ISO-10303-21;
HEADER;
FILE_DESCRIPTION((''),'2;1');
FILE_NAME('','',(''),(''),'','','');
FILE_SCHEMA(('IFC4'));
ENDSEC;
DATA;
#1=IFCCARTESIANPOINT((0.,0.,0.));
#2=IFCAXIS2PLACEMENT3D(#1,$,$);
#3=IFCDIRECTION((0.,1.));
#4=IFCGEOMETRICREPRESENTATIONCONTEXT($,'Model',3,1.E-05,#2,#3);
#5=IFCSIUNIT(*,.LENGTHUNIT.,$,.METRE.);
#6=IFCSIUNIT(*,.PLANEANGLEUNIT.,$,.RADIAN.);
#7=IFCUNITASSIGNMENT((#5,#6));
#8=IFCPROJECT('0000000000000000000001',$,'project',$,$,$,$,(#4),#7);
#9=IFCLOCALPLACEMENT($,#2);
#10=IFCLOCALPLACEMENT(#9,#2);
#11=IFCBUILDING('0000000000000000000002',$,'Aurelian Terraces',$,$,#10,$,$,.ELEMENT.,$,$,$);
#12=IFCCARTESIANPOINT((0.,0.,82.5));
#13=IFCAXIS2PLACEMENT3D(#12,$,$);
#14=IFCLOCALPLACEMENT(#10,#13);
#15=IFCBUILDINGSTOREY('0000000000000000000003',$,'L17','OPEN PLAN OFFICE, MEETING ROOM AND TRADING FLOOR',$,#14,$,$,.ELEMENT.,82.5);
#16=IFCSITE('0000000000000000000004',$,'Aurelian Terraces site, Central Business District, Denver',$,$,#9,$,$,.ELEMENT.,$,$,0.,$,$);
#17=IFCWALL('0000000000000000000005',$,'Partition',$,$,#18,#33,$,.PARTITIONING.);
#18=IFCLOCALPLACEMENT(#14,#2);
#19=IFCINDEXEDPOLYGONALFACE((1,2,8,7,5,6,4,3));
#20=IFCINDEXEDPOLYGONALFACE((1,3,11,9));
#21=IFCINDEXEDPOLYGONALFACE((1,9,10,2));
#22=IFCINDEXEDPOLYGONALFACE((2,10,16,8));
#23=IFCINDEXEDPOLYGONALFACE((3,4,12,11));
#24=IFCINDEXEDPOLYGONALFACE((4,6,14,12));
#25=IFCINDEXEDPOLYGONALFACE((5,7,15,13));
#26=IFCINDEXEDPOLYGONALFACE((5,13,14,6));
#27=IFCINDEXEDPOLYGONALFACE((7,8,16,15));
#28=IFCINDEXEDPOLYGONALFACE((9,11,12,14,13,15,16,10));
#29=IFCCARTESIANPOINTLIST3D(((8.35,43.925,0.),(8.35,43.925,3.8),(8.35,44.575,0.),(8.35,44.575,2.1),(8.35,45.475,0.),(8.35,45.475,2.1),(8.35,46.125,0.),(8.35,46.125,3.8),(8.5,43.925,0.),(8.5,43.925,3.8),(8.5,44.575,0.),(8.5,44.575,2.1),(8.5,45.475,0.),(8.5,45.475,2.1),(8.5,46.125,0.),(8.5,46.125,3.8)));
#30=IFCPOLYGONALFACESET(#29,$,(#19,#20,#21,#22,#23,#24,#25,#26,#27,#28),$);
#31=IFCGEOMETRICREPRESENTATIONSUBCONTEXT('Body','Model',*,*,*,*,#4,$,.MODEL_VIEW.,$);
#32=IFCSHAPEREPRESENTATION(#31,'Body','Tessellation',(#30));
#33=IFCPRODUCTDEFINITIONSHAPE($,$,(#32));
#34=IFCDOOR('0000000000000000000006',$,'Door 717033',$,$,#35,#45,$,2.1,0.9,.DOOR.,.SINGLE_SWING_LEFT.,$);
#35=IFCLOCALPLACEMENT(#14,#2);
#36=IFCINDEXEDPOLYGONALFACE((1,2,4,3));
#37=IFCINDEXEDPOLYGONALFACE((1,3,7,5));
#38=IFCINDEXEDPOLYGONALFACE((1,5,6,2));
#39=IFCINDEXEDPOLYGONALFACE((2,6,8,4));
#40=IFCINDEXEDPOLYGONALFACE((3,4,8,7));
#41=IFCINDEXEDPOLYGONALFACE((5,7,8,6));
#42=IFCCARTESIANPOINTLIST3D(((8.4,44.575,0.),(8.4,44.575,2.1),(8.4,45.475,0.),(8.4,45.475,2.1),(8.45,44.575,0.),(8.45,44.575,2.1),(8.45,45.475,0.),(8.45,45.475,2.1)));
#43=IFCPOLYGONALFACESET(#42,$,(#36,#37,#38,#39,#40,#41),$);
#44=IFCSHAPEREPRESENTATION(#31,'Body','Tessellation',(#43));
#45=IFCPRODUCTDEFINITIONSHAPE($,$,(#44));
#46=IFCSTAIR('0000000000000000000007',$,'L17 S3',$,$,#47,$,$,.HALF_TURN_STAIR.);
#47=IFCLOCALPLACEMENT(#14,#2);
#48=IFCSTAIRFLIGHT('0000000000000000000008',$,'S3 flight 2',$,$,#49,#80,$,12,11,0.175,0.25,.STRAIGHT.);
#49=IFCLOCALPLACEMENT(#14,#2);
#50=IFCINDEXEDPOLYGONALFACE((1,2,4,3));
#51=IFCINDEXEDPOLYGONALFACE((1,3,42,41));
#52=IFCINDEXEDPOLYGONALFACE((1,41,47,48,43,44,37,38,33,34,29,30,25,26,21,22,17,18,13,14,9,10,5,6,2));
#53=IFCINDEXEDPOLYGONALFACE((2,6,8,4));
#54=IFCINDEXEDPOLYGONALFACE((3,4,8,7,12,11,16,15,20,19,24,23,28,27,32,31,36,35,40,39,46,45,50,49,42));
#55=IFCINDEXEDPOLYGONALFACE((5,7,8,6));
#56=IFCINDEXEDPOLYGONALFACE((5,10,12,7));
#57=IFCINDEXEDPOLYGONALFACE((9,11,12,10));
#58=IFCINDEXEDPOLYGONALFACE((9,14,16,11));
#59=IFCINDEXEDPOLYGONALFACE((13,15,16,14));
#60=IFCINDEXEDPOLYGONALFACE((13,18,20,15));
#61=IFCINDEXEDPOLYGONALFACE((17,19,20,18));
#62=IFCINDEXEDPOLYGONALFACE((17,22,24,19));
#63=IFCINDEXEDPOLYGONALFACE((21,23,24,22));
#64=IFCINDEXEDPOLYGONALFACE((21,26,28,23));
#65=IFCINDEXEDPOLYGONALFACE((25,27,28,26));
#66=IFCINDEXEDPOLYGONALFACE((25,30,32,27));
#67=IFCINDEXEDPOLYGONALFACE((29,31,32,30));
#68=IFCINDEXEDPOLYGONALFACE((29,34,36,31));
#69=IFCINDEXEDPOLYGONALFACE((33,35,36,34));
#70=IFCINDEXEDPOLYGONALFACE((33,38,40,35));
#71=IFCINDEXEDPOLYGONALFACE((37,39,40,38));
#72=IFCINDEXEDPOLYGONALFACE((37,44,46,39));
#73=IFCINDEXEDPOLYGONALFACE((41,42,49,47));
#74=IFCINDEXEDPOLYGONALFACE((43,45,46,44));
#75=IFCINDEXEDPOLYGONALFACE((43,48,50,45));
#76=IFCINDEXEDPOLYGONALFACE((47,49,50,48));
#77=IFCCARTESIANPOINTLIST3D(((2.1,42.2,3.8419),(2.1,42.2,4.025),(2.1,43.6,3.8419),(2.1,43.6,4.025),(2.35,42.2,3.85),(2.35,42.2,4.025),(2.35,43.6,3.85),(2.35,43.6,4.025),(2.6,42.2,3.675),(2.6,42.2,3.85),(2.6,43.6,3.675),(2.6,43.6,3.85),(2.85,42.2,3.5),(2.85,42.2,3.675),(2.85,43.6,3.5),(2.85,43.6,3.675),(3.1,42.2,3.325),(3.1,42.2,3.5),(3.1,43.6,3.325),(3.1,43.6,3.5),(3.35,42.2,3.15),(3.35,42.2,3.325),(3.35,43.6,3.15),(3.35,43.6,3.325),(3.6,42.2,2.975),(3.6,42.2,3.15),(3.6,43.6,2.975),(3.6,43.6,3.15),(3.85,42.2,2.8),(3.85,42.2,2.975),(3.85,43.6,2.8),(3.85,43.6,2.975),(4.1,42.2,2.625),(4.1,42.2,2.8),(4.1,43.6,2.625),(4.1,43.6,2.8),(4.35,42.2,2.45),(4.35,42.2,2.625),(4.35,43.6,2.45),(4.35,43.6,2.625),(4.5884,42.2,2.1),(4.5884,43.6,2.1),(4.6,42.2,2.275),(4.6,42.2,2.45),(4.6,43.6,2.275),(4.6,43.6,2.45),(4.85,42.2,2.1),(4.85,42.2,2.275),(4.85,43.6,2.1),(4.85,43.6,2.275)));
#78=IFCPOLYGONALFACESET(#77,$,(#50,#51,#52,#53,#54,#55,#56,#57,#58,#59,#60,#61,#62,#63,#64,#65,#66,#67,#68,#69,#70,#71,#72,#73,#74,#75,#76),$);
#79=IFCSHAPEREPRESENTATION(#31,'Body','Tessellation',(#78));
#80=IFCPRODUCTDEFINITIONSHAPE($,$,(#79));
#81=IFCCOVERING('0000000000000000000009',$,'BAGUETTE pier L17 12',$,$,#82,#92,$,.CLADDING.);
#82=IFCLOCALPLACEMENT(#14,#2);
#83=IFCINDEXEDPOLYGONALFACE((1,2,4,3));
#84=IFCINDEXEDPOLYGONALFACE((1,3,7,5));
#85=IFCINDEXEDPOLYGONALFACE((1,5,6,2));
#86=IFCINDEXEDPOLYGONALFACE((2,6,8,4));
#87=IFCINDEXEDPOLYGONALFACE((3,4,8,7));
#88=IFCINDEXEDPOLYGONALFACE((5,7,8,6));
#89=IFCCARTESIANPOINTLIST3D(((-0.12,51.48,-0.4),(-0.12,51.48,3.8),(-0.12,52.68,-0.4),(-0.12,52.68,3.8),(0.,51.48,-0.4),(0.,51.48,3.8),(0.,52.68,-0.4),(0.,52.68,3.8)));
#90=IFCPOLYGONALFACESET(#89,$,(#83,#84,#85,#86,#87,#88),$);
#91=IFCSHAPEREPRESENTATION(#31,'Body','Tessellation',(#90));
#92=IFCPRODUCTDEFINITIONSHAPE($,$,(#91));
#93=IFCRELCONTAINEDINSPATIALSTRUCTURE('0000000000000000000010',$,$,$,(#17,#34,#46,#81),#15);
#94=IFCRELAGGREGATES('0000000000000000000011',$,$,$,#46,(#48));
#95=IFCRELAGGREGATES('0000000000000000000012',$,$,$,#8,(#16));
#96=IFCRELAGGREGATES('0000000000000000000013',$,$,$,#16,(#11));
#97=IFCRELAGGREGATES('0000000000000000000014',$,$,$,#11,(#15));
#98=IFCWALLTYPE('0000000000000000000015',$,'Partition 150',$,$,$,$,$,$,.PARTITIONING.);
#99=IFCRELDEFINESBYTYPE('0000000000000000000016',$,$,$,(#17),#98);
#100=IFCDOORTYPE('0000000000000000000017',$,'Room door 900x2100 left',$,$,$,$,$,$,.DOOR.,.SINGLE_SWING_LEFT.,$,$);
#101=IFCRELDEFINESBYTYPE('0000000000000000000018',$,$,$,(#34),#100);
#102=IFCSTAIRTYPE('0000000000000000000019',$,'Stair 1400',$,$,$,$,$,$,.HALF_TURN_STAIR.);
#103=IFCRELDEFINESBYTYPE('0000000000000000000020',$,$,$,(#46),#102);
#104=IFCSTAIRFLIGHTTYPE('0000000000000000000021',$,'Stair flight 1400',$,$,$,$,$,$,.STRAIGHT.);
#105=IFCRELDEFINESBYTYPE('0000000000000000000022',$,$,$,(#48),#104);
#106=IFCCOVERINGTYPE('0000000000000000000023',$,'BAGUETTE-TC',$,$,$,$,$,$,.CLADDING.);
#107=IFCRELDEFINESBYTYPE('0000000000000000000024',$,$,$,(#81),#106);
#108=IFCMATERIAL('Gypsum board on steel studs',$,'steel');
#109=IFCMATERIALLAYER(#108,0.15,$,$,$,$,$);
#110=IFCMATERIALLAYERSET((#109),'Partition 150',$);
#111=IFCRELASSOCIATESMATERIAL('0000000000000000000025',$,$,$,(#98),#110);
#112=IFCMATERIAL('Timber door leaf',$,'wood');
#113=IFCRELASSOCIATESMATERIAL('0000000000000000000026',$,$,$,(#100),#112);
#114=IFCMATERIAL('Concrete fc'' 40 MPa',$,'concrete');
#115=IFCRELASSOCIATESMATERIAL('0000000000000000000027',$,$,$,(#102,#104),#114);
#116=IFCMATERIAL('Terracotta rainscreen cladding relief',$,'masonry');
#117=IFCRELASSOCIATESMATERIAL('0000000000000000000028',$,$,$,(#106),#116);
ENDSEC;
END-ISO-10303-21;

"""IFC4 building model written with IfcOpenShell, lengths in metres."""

from ifc_helpers import new_model, si_unit, direction, frame, frame_2d, origin, origin_2d, place, context, subcontext, project, spatial, polyline, rectangle, outline, extrude, source, transform, mapped, material, layer, layer_set, type_object, element, fill, aggregate, save


model = new_model("IFC4")

# Units and contexts
model_context = context("Model", 3, precision=1e-05, world=origin(), true_north=direction((0.0, 1.0)))
body_context = subcontext(model_context, "Body", "Model", "MODEL_VIEW")
ifc_project = project(units=[si_unit("LENGTHUNIT", "METRE"), si_unit("PLANEANGLEUNIT", "RADIAN")], contexts=[model_context])

# Site, building, storey
site_placement = place(None, origin())
site = spatial("IfcSite", under=ifc_project, at=site_placement, Name="Aurelian Terraces site, Central Business District, Denver", CompositionType="ELEMENT", RefElevation=0.0)
building_placement = place(site_placement, origin())
building = spatial("IfcBuilding", under=site, at=building_placement, Name="Aurelian Terraces", CompositionType="ELEMENT")
storey_placement = place(building_placement, frame((0.0, 0.0, 82.5)))
storey = spatial("IfcBuildingStorey", under=building, at=storey_placement, Name="L17", Description="OPEN PLAN OFFICE, MEETING ROOM AND TRADING FLOOR", CompositionType="ELEMENT", Elevation=82.5)

# Shared definitions
ifc_material_1 = material(Name="Concrete fc' 40 MPa", Category="concrete")

# Shared definitions
ifc_material_2 = material(Name="Timber door leaf", Category="wood")

# Shared definitions
ifc_material_3 = material(Name="Gypsum board on steel studs", Category="steel")

# Wall, opening, door
ifc_layer_1 = layer(ifc_material_3, 0.15)
ifc_layer_set_1 = layer_set([ifc_layer_1], Name="Partition 150")
wall_type_1 = type_object("IfcWallType", Name="Partition 150", PredefinedType="PARTITIONING", material=ifc_layer_set_1)
shared_shape_1 = source(origin(), body_context, "Body", "SweptSolid", [
    extrude(rectangle(XDim=2.2, YDim=0.15, at=frame_2d((1.1, 0.0))), origin(), (0.0, 0.0, 1.0), 3.8),
])
wall_1_placement = place(storey_placement, frame((8.425, 43.925, 0.0), z_axis=(0.0, 0.0, 1.0), x_axis=(0.0, 1.0, 0.0)))
wall_1 = element("IfcWall", 1, at=wall_1_placement, inside=storey, type_object=wall_type_1, Name="Partition", PredefinedType="PARTITIONING", context=body_context, shape_type="MappedRepresentation", body=[
    mapped(shared_shape_1, transform((0.0, 0.0, 0.0), scale=1.0)),
])
shared_shape_2 = source(origin(), body_context, "Body", "SweptSolid", [
    extrude(rectangle(XDim=0.9, YDim=2.1, at=frame_2d((0.45, 1.05))), frame((0.0, 0.085, 0.0), z_axis=(0.0, -1.0, 0.0), x_axis=(1.0, 0.0, 0.0)), (0.0, 0.0, 1.0), 0.17),
])
opening_1_placement = place(wall_1_placement, frame((0.65, 0.0, 0.0)))
opening_1 = element("IfcOpeningElement", 2, at=opening_1_placement, cuts=wall_1, PredefinedType="OPENING", context=body_context, shape_type="MappedRepresentation", body=[
    mapped(shared_shape_2, transform((0.0, 0.0, 0.0), scale=1.0)),
])
door_type_1 = type_object("IfcDoorType", Name="Room door 900x2100 left", OperationType="SINGLE_SWING_LEFT", PredefinedType="DOOR", material=ifc_material_2)
shared_shape_3 = source(origin(), body_context, "Body", "SweptSolid", [
    extrude(rectangle(XDim=0.9, YDim=2.1, at=frame_2d((0.45, 1.05))), frame((0.0, 0.025, 0.0), z_axis=(0.0, -1.0, 0.0), x_axis=(1.0, 0.0, 0.0)), (0.0, 0.0, 1.0), 0.05),
])
door_1_placement = place(opening_1_placement, origin())
door_1 = element("IfcDoor", 3, at=door_1_placement, inside=storey, type_object=door_type_1, Name="Door 717033", OperationType="SINGLE_SWING_LEFT", OverallHeight=2.1, OverallWidth=0.9, PredefinedType="DOOR", context=body_context, shape_type="MappedRepresentation", body=[
    mapped(shared_shape_3, transform((0.0, 0.0, 0.0), scale=1.0)),
])
fill(opening_1, door_1)

# Stair, stair flight
stair_type = type_object("IfcStairType", Name="Stair 1400", PredefinedType="HALF_TURN_STAIR", material=ifc_material_1)
stair_placement = place(storey_placement, origin())
stair = element("IfcStair", 4, at=stair_placement, inside=storey, type_object=stair_type, Name="L17 S3", PredefinedType="HALF_TURN_STAIR")
stair_flight_type = type_object("IfcStairFlightType", Name="Stair flight 1400", PredefinedType="STRAIGHT", material=ifc_material_1)
shared_shape_4 = source(origin(), body_context, "Body", "SweptSolid", [
    extrude(outline(polyline([(0.0, 0.0), (0.0, 0.175), (0.25, 0.175), (0.25, 0.35), (0.5, 0.35), (0.5, 0.525), (0.75, 0.525), (0.75, 0.7), (1.0, 0.7), (1.0, 0.875), (1.25, 0.875), (1.25, 1.05), (1.5, 1.05), (1.5, 1.225), (1.75, 1.225), (1.75, 1.4), (2.0, 1.4), (2.0, 1.575), (2.25, 1.575), (2.25, 1.75), (2.5, 1.75), (2.5, 1.925), (2.75, 1.925), (2.75, 2.1), (2.75, 1.7419), (0.2616, 0.0), (0.0, 0.0)])), frame((0.0, 0.7, 0.0), z_axis=(0.0, -1.0, 0.0), x_axis=(1.0, 0.0, 0.0)), (0.0, 0.0, 1.0), 1.4),
])
stair_flight_placement = place(storey_placement, frame((4.85, 42.9, 2.1), z_axis=(0.0, 0.0, 1.0), x_axis=(-1.0, 0.0, 0.0)))
stair_flight = element("IfcStairFlight", 5, at=stair_flight_placement, type_object=stair_flight_type, Name="S3 flight 2", NumberOfRisers=12, NumberOfTreads=11, PredefinedType="STRAIGHT", RiserHeight=0.175, TreadLength=0.25, context=body_context, shape_type="MappedRepresentation", body=[
    mapped(shared_shape_4, transform((0.0, 0.0, 0.0), scale=1.0)),
])
aggregate(stair, [stair_flight])

# Covering
ifc_material_4 = material(Name="Terracotta rainscreen cladding relief", Category="masonry")
covering_type = type_object("IfcCoveringType", Name="BAGUETTE-TC", PredefinedType="CLADDING", material=ifc_material_4)
shared_shape_5 = source(origin(), body_context, "Body", "SweptSolid", [
    extrude(rectangle(XDim=0.12, YDim=1.2, at=origin_2d()), origin(), (0.0, 0.0, 1.0), 4.2),
])
covering_placement = place(storey_placement, frame((-0.06, 52.08, -0.4), z_axis=(0.0, 0.0, 1.0), x_axis=(1.0, 0.0, 0.0)))
element("IfcCovering", 6, at=covering_placement, inside=storey, type_object=covering_type, Name="BAGUETTE pier L17 12", PredefinedType="CLADDING", context=body_context, shape_type="MappedRepresentation", body=[
    mapped(shared_shape_5, transform((0.0, 0.0, 0.0), scale=1.0)),
])

save(model, "model.ifc")
